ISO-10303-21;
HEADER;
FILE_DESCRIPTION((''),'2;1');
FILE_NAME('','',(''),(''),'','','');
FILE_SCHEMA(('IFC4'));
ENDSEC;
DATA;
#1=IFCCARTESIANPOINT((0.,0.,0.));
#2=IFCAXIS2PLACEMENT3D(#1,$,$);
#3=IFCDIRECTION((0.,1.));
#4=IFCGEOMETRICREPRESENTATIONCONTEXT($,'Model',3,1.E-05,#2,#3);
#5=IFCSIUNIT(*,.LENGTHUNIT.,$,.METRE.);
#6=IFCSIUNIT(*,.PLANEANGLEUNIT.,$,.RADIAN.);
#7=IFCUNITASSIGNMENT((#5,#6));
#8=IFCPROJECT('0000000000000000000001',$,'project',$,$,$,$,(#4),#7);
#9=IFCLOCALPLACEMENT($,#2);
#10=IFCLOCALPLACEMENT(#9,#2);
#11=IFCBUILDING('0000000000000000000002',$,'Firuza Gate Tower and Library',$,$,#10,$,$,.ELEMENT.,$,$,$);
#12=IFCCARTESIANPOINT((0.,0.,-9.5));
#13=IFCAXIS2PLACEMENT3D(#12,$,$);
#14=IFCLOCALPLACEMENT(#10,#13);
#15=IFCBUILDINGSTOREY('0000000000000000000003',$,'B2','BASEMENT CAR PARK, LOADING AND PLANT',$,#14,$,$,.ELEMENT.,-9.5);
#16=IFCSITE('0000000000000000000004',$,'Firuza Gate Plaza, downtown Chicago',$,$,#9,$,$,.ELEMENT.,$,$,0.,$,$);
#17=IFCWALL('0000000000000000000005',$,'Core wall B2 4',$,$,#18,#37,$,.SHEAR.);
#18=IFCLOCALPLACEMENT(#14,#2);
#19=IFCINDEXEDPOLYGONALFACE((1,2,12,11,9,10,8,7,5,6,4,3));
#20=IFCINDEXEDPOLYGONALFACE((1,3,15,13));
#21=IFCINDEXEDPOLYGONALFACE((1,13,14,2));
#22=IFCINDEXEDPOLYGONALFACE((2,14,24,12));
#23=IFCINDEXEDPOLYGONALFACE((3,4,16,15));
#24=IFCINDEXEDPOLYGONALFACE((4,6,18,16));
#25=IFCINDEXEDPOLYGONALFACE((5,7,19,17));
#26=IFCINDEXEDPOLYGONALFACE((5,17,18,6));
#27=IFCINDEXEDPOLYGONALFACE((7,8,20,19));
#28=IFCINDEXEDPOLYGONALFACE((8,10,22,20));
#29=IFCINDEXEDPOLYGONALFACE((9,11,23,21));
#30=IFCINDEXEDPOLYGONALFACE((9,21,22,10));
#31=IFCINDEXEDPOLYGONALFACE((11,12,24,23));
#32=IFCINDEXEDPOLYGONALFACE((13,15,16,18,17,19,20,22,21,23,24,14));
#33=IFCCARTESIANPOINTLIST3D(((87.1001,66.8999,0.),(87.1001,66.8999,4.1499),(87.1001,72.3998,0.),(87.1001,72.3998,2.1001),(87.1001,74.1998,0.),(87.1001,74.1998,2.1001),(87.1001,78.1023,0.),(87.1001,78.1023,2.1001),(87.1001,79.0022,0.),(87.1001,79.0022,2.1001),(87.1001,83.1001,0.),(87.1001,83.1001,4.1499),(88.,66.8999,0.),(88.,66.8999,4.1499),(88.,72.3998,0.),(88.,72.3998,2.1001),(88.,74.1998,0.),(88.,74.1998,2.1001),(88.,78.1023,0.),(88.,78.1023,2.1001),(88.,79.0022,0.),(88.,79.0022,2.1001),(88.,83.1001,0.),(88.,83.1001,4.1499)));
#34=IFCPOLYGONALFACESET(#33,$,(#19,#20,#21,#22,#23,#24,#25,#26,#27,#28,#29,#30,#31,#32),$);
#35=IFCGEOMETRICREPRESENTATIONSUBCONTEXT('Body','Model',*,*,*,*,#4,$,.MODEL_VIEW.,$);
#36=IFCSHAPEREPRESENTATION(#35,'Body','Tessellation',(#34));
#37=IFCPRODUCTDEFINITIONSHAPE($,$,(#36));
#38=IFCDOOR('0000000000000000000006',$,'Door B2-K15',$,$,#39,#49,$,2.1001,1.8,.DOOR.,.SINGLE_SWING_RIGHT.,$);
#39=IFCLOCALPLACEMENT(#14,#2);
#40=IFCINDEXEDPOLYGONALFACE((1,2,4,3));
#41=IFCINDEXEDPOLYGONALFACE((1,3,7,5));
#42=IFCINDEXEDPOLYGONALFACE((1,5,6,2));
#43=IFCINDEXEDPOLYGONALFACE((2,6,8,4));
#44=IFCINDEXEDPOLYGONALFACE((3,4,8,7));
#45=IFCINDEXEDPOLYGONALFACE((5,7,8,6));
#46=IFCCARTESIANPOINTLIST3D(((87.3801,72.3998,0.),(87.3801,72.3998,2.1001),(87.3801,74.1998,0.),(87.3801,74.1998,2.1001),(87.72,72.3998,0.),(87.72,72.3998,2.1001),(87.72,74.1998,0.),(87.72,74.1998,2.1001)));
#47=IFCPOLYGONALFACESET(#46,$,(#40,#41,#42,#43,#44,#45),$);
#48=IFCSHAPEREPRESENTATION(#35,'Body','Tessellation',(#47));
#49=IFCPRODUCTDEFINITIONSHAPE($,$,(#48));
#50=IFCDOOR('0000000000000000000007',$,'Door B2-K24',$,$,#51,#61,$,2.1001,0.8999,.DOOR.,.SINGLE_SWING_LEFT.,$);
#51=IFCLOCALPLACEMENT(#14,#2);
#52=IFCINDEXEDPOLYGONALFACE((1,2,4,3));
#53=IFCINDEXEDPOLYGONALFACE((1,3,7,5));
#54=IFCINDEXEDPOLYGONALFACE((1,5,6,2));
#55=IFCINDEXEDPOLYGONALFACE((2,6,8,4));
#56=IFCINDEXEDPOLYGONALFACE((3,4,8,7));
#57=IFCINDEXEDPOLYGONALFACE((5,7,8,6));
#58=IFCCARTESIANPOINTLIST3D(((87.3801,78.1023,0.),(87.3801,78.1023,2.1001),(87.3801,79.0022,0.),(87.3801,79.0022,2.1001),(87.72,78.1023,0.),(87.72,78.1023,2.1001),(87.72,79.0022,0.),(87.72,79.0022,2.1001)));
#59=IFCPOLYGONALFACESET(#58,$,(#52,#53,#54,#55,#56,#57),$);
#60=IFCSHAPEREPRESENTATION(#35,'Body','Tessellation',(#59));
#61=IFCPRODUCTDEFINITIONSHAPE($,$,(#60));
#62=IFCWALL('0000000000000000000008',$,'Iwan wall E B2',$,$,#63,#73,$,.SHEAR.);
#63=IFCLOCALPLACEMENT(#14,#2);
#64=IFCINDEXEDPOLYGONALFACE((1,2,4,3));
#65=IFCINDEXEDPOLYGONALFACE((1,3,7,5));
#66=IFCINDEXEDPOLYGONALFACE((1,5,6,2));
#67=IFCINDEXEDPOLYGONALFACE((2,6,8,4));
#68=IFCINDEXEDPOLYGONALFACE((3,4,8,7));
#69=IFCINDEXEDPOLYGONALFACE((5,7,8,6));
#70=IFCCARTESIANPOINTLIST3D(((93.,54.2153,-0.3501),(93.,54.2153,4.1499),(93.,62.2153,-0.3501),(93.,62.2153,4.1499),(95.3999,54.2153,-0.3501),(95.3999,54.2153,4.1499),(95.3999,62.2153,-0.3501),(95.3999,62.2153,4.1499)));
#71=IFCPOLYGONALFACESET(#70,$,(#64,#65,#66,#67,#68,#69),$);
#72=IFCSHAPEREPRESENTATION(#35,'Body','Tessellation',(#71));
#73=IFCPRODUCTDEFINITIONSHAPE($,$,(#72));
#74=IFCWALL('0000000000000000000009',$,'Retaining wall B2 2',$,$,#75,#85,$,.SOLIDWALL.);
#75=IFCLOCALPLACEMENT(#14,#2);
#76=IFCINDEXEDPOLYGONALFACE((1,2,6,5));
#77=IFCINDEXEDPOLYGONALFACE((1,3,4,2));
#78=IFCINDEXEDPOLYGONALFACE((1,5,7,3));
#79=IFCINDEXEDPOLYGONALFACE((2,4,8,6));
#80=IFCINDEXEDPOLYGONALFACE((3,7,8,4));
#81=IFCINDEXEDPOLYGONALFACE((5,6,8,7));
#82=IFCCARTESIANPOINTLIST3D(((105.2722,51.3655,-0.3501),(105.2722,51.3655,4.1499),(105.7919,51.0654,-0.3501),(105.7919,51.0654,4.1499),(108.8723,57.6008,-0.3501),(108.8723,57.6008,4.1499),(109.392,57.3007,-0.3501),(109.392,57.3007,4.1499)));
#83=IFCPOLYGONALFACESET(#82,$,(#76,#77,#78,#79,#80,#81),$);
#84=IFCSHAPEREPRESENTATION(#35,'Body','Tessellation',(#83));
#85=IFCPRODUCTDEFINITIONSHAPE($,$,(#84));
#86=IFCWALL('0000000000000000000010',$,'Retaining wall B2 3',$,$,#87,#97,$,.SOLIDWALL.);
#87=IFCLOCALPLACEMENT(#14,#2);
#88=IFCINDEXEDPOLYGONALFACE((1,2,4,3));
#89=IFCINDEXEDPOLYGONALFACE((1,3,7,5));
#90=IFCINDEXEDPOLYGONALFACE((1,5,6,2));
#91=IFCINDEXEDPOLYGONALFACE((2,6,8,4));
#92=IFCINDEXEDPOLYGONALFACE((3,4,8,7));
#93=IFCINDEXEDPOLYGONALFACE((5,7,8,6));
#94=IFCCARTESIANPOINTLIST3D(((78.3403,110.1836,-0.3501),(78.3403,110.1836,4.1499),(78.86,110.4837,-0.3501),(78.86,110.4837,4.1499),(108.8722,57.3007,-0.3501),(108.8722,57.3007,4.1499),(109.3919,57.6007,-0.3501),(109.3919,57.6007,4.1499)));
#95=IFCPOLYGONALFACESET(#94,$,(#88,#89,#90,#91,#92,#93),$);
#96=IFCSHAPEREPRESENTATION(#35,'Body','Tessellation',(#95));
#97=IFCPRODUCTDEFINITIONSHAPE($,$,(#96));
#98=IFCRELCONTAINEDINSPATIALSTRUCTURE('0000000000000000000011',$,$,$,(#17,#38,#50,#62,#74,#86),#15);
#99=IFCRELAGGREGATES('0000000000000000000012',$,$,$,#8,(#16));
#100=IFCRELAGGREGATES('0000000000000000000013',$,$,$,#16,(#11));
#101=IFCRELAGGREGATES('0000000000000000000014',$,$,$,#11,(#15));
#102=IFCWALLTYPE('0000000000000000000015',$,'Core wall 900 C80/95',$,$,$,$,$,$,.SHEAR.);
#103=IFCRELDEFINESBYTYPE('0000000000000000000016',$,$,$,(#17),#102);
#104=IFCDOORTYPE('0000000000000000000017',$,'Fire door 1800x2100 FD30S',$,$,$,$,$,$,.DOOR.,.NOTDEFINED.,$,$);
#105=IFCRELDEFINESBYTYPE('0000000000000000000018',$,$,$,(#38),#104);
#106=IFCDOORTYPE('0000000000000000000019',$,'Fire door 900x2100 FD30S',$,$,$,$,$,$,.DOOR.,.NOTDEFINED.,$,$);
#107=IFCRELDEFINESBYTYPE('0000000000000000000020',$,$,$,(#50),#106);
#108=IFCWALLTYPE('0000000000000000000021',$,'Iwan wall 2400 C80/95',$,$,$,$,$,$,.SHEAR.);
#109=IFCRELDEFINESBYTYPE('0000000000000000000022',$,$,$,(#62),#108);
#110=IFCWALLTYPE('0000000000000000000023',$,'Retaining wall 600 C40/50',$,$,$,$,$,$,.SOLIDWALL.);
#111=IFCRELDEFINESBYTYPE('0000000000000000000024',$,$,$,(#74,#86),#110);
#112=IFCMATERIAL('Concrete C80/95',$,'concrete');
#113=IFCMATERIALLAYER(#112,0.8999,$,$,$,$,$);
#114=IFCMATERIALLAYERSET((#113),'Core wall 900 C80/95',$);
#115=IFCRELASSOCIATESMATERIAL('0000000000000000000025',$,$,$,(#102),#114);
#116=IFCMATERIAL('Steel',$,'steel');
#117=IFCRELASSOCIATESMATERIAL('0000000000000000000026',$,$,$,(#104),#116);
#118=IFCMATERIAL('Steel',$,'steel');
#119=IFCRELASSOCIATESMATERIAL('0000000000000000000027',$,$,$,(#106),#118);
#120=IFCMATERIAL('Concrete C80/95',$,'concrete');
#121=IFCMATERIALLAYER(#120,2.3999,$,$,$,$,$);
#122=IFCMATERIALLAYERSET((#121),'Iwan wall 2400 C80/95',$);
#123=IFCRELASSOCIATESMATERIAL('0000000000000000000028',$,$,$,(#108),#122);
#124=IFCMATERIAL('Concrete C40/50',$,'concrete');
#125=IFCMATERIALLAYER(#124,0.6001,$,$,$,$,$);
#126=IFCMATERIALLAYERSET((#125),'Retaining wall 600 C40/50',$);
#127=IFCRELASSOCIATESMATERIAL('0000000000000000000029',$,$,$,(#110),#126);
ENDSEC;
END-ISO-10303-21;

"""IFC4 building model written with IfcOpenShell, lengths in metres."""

from ifc_helpers import new_model, si_unit, direction, frame, frame_2d, origin, place, context, subcontext, project, spatial, rectangle, extrude, material, layer, layer_set, type_object, element, fill, save


model = new_model("IFC4")

# Units and contexts
model_context = context("Model", 3, precision=1e-05, world=origin(), true_north=direction((0.0, 1.0)))
body_context = subcontext(model_context, "Body", "Model", "MODEL_VIEW")
ifc_project = project(units=[si_unit("LENGTHUNIT", "METRE"), si_unit("PLANEANGLEUNIT", "RADIAN")], contexts=[model_context])

# Site, building, storey
site_placement = place(None, origin())
site = spatial("IfcSite", under=ifc_project, at=site_placement, Name="Firuza Gate Plaza, downtown Chicago", CompositionType="ELEMENT", RefElevation=0.0)
building_placement = place(site_placement, origin())
building = spatial("IfcBuilding", under=site, at=building_placement, Name="Firuza Gate Tower and Library", CompositionType="ELEMENT")
storey_placement = place(building_placement, frame((0.0, 0.0, -9.5)))
storey = spatial("IfcBuildingStorey", under=building, at=storey_placement, Name="B2", Description="BASEMENT CAR PARK, LOADING AND PLANT", CompositionType="ELEMENT", Elevation=-9.5)

# Wall, openings, doors
ifc_material_1 = material(Name="Concrete C80/95", Category="concrete")
ifc_layer_1 = layer(ifc_material_1, 0.8999)
ifc_layer_set_1 = layer_set([ifc_layer_1], Name="Core wall 900 C80/95")
wall_type_1 = type_object("IfcWallType", Name="Core wall 900 C80/95", PredefinedType="SHEAR", material=ifc_layer_set_1)
wall_1_placement = place(storey_placement, frame((87.55, 66.8999, 0.0), z_axis=(0.0, 0.0, 1.0), x_axis=(0.0, 1.0, 0.0)))
wall_1 = element("IfcWall", 1, at=wall_1_placement, inside=storey, type_object=wall_type_1, Name="Core wall B2 4", PredefinedType="SHEAR", context=body_context, shape_type="SweptSolid", body=[
    extrude(rectangle(XDim=16.2002, YDim=0.8999, at=frame_2d((8.1001, 0.0))), origin(), (0.0, 0.0, 1.0), 4.1499),
])
opening_1_placement = place(wall_1_placement, frame((5.5, 0.0, 0.0)))
opening_1 = element("IfcOpeningElement", 2, at=opening_1_placement, cuts=wall_1, PredefinedType="OPENING", context=body_context, shape_type="SweptSolid", body=[
    extrude(rectangle(XDim=1.8, YDim=2.1001, at=frame_2d((0.8999, 1.05))), frame((0.0, 0.46, 0.0), z_axis=(0.0, -1.0, 0.0), x_axis=(1.0, 0.0, 0.0)), (0.0, 0.0, 1.0), 0.9199),
])
opening_2_placement = place(wall_1_placement, frame((11.2024, 0.0, 0.0)))
opening_2 = element("IfcOpeningElement", 3, at=opening_2_placement, cuts=wall_1, PredefinedType="OPENING", context=body_context, shape_type="SweptSolid", body=[
    extrude(rectangle(XDim=0.8999, YDim=2.1001, at=frame_2d((0.45, 1.05))), frame((0.0, 0.46, 0.0), z_axis=(0.0, -1.0, 0.0), x_axis=(1.0, 0.0, 0.0)), (0.0, 0.0, 1.0), 0.9199),
])
ifc_material_2 = material(Name="Steel", Category="steel")
door_type_1 = type_object("IfcDoorType", Name="Fire door 1800x2100 FD30S", OperationType="NOTDEFINED", PredefinedType="DOOR", material=ifc_material_2)
door_1_placement = place(opening_1_placement, origin())
door_1 = element("IfcDoor", 4, at=door_1_placement, inside=storey, type_object=door_type_1, Name="Door B2-K15", OperationType="SINGLE_SWING_RIGHT", OverallHeight=2.1001, OverallWidth=1.8, PredefinedType="DOOR", context=body_context, shape_type="SweptSolid", body=[
    extrude(rectangle(XDim=1.8, YDim=2.1001, at=frame_2d((0.8999, 1.05))), frame((0.0, 0.1699, 0.0), z_axis=(0.0, -1.0, 0.0), x_axis=(1.0, 0.0, 0.0)), (0.0, 0.0, 1.0), 0.3398),
])
fill(opening_1, door_1)
ifc_material_3 = material(Name="Steel", Category="steel")
door_type_2 = type_object("IfcDoorType", Name="Fire door 900x2100 FD30S", OperationType="NOTDEFINED", PredefinedType="DOOR", material=ifc_material_3)
door_2_placement = place(opening_2_placement, origin())
door_2 = element("IfcDoor", 5, at=door_2_placement, inside=storey, type_object=door_type_2, Name="Door B2-K24", OperationType="SINGLE_SWING_LEFT", OverallHeight=2.1001, OverallWidth=0.8999, PredefinedType="DOOR", context=body_context, shape_type="SweptSolid", body=[
    extrude(rectangle(XDim=0.8999, YDim=2.1001, at=frame_2d((0.45, 1.05))), frame((0.0, 0.1699, 0.0), z_axis=(0.0, -1.0, 0.0), x_axis=(1.0, 0.0, 0.0)), (0.0, 0.0, 1.0), 0.3398),
])
fill(opening_2, door_2)

# Walls
ifc_material_4 = material(Name="Concrete C80/95", Category="concrete")
ifc_layer_2 = layer(ifc_material_4, 2.3999)
ifc_layer_set_2 = layer_set([ifc_layer_2], Name="Iwan wall 2400 C80/95")
wall_type_2 = type_object("IfcWallType", Name="Iwan wall 2400 C80/95", PredefinedType="SHEAR", material=ifc_layer_set_2)
wall_2_placement = place(storey_placement, frame((94.2, 54.2153, -0.3501), z_axis=(0.0, 0.0, 1.0), x_axis=(0.0, 1.0, 0.0)))
element("IfcWall", 6, at=wall_2_placement, inside=storey, type_object=wall_type_2, Name="Iwan wall E B2", PredefinedType="SHEAR", context=body_context, shape_type="SweptSolid", body=[
    extrude(rectangle(XDim=8.0, YDim=2.3999, at=frame_2d((4.0, 0.0))), origin(), (0.0, 0.0, 1.0), 4.5),
])
ifc_material_5 = material(Name="Concrete C40/50", Category="concrete")
ifc_layer_3 = layer(ifc_material_5, 0.6001)
ifc_layer_set_3 = layer_set([ifc_layer_3], Name="Retaining wall 600 C40/50")
wall_type_3 = type_object("IfcWallType", Name="Retaining wall 600 C40/50", PredefinedType="SOLIDWALL", material=ifc_layer_set_3)
wall_3_placement = place(storey_placement, frame((105.532, 51.2153, -0.3501), z_axis=(0.0, 0.0, 1.0), x_axis=(0.500012, 0.866018, 0.0)))
element("IfcWall", 7, at=wall_3_placement, inside=storey, type_object=wall_type_3, Name="Retaining wall B2 2", PredefinedType="SOLIDWALL", context=body_context, shape_type="SweptSolid", body=[
    extrude(rectangle(XDim=7.2, YDim=0.6001, at=frame_2d((3.6001, 0.0))), origin(), (0.0, 0.0, 1.0), 4.5),
])
wall_4_placement = place(storey_placement, frame((109.1321, 57.4507, -0.3501), z_axis=(0.0, 0.0, 1.0), x_axis=(-0.499999, 0.866026, 0.0)))
element("IfcWall", 8, at=wall_4_placement, inside=storey, type_object=wall_type_3, Name="Retaining wall B2 3", PredefinedType="SOLIDWALL", context=body_context, shape_type="SweptSolid", body=[
    extrude(rectangle(XDim=61.064, YDim=0.6001, at=frame_2d((30.532, 0.0))), origin(), (0.0, 0.0, 1.0), 4.5),
])

save(model, "model.ifc")
